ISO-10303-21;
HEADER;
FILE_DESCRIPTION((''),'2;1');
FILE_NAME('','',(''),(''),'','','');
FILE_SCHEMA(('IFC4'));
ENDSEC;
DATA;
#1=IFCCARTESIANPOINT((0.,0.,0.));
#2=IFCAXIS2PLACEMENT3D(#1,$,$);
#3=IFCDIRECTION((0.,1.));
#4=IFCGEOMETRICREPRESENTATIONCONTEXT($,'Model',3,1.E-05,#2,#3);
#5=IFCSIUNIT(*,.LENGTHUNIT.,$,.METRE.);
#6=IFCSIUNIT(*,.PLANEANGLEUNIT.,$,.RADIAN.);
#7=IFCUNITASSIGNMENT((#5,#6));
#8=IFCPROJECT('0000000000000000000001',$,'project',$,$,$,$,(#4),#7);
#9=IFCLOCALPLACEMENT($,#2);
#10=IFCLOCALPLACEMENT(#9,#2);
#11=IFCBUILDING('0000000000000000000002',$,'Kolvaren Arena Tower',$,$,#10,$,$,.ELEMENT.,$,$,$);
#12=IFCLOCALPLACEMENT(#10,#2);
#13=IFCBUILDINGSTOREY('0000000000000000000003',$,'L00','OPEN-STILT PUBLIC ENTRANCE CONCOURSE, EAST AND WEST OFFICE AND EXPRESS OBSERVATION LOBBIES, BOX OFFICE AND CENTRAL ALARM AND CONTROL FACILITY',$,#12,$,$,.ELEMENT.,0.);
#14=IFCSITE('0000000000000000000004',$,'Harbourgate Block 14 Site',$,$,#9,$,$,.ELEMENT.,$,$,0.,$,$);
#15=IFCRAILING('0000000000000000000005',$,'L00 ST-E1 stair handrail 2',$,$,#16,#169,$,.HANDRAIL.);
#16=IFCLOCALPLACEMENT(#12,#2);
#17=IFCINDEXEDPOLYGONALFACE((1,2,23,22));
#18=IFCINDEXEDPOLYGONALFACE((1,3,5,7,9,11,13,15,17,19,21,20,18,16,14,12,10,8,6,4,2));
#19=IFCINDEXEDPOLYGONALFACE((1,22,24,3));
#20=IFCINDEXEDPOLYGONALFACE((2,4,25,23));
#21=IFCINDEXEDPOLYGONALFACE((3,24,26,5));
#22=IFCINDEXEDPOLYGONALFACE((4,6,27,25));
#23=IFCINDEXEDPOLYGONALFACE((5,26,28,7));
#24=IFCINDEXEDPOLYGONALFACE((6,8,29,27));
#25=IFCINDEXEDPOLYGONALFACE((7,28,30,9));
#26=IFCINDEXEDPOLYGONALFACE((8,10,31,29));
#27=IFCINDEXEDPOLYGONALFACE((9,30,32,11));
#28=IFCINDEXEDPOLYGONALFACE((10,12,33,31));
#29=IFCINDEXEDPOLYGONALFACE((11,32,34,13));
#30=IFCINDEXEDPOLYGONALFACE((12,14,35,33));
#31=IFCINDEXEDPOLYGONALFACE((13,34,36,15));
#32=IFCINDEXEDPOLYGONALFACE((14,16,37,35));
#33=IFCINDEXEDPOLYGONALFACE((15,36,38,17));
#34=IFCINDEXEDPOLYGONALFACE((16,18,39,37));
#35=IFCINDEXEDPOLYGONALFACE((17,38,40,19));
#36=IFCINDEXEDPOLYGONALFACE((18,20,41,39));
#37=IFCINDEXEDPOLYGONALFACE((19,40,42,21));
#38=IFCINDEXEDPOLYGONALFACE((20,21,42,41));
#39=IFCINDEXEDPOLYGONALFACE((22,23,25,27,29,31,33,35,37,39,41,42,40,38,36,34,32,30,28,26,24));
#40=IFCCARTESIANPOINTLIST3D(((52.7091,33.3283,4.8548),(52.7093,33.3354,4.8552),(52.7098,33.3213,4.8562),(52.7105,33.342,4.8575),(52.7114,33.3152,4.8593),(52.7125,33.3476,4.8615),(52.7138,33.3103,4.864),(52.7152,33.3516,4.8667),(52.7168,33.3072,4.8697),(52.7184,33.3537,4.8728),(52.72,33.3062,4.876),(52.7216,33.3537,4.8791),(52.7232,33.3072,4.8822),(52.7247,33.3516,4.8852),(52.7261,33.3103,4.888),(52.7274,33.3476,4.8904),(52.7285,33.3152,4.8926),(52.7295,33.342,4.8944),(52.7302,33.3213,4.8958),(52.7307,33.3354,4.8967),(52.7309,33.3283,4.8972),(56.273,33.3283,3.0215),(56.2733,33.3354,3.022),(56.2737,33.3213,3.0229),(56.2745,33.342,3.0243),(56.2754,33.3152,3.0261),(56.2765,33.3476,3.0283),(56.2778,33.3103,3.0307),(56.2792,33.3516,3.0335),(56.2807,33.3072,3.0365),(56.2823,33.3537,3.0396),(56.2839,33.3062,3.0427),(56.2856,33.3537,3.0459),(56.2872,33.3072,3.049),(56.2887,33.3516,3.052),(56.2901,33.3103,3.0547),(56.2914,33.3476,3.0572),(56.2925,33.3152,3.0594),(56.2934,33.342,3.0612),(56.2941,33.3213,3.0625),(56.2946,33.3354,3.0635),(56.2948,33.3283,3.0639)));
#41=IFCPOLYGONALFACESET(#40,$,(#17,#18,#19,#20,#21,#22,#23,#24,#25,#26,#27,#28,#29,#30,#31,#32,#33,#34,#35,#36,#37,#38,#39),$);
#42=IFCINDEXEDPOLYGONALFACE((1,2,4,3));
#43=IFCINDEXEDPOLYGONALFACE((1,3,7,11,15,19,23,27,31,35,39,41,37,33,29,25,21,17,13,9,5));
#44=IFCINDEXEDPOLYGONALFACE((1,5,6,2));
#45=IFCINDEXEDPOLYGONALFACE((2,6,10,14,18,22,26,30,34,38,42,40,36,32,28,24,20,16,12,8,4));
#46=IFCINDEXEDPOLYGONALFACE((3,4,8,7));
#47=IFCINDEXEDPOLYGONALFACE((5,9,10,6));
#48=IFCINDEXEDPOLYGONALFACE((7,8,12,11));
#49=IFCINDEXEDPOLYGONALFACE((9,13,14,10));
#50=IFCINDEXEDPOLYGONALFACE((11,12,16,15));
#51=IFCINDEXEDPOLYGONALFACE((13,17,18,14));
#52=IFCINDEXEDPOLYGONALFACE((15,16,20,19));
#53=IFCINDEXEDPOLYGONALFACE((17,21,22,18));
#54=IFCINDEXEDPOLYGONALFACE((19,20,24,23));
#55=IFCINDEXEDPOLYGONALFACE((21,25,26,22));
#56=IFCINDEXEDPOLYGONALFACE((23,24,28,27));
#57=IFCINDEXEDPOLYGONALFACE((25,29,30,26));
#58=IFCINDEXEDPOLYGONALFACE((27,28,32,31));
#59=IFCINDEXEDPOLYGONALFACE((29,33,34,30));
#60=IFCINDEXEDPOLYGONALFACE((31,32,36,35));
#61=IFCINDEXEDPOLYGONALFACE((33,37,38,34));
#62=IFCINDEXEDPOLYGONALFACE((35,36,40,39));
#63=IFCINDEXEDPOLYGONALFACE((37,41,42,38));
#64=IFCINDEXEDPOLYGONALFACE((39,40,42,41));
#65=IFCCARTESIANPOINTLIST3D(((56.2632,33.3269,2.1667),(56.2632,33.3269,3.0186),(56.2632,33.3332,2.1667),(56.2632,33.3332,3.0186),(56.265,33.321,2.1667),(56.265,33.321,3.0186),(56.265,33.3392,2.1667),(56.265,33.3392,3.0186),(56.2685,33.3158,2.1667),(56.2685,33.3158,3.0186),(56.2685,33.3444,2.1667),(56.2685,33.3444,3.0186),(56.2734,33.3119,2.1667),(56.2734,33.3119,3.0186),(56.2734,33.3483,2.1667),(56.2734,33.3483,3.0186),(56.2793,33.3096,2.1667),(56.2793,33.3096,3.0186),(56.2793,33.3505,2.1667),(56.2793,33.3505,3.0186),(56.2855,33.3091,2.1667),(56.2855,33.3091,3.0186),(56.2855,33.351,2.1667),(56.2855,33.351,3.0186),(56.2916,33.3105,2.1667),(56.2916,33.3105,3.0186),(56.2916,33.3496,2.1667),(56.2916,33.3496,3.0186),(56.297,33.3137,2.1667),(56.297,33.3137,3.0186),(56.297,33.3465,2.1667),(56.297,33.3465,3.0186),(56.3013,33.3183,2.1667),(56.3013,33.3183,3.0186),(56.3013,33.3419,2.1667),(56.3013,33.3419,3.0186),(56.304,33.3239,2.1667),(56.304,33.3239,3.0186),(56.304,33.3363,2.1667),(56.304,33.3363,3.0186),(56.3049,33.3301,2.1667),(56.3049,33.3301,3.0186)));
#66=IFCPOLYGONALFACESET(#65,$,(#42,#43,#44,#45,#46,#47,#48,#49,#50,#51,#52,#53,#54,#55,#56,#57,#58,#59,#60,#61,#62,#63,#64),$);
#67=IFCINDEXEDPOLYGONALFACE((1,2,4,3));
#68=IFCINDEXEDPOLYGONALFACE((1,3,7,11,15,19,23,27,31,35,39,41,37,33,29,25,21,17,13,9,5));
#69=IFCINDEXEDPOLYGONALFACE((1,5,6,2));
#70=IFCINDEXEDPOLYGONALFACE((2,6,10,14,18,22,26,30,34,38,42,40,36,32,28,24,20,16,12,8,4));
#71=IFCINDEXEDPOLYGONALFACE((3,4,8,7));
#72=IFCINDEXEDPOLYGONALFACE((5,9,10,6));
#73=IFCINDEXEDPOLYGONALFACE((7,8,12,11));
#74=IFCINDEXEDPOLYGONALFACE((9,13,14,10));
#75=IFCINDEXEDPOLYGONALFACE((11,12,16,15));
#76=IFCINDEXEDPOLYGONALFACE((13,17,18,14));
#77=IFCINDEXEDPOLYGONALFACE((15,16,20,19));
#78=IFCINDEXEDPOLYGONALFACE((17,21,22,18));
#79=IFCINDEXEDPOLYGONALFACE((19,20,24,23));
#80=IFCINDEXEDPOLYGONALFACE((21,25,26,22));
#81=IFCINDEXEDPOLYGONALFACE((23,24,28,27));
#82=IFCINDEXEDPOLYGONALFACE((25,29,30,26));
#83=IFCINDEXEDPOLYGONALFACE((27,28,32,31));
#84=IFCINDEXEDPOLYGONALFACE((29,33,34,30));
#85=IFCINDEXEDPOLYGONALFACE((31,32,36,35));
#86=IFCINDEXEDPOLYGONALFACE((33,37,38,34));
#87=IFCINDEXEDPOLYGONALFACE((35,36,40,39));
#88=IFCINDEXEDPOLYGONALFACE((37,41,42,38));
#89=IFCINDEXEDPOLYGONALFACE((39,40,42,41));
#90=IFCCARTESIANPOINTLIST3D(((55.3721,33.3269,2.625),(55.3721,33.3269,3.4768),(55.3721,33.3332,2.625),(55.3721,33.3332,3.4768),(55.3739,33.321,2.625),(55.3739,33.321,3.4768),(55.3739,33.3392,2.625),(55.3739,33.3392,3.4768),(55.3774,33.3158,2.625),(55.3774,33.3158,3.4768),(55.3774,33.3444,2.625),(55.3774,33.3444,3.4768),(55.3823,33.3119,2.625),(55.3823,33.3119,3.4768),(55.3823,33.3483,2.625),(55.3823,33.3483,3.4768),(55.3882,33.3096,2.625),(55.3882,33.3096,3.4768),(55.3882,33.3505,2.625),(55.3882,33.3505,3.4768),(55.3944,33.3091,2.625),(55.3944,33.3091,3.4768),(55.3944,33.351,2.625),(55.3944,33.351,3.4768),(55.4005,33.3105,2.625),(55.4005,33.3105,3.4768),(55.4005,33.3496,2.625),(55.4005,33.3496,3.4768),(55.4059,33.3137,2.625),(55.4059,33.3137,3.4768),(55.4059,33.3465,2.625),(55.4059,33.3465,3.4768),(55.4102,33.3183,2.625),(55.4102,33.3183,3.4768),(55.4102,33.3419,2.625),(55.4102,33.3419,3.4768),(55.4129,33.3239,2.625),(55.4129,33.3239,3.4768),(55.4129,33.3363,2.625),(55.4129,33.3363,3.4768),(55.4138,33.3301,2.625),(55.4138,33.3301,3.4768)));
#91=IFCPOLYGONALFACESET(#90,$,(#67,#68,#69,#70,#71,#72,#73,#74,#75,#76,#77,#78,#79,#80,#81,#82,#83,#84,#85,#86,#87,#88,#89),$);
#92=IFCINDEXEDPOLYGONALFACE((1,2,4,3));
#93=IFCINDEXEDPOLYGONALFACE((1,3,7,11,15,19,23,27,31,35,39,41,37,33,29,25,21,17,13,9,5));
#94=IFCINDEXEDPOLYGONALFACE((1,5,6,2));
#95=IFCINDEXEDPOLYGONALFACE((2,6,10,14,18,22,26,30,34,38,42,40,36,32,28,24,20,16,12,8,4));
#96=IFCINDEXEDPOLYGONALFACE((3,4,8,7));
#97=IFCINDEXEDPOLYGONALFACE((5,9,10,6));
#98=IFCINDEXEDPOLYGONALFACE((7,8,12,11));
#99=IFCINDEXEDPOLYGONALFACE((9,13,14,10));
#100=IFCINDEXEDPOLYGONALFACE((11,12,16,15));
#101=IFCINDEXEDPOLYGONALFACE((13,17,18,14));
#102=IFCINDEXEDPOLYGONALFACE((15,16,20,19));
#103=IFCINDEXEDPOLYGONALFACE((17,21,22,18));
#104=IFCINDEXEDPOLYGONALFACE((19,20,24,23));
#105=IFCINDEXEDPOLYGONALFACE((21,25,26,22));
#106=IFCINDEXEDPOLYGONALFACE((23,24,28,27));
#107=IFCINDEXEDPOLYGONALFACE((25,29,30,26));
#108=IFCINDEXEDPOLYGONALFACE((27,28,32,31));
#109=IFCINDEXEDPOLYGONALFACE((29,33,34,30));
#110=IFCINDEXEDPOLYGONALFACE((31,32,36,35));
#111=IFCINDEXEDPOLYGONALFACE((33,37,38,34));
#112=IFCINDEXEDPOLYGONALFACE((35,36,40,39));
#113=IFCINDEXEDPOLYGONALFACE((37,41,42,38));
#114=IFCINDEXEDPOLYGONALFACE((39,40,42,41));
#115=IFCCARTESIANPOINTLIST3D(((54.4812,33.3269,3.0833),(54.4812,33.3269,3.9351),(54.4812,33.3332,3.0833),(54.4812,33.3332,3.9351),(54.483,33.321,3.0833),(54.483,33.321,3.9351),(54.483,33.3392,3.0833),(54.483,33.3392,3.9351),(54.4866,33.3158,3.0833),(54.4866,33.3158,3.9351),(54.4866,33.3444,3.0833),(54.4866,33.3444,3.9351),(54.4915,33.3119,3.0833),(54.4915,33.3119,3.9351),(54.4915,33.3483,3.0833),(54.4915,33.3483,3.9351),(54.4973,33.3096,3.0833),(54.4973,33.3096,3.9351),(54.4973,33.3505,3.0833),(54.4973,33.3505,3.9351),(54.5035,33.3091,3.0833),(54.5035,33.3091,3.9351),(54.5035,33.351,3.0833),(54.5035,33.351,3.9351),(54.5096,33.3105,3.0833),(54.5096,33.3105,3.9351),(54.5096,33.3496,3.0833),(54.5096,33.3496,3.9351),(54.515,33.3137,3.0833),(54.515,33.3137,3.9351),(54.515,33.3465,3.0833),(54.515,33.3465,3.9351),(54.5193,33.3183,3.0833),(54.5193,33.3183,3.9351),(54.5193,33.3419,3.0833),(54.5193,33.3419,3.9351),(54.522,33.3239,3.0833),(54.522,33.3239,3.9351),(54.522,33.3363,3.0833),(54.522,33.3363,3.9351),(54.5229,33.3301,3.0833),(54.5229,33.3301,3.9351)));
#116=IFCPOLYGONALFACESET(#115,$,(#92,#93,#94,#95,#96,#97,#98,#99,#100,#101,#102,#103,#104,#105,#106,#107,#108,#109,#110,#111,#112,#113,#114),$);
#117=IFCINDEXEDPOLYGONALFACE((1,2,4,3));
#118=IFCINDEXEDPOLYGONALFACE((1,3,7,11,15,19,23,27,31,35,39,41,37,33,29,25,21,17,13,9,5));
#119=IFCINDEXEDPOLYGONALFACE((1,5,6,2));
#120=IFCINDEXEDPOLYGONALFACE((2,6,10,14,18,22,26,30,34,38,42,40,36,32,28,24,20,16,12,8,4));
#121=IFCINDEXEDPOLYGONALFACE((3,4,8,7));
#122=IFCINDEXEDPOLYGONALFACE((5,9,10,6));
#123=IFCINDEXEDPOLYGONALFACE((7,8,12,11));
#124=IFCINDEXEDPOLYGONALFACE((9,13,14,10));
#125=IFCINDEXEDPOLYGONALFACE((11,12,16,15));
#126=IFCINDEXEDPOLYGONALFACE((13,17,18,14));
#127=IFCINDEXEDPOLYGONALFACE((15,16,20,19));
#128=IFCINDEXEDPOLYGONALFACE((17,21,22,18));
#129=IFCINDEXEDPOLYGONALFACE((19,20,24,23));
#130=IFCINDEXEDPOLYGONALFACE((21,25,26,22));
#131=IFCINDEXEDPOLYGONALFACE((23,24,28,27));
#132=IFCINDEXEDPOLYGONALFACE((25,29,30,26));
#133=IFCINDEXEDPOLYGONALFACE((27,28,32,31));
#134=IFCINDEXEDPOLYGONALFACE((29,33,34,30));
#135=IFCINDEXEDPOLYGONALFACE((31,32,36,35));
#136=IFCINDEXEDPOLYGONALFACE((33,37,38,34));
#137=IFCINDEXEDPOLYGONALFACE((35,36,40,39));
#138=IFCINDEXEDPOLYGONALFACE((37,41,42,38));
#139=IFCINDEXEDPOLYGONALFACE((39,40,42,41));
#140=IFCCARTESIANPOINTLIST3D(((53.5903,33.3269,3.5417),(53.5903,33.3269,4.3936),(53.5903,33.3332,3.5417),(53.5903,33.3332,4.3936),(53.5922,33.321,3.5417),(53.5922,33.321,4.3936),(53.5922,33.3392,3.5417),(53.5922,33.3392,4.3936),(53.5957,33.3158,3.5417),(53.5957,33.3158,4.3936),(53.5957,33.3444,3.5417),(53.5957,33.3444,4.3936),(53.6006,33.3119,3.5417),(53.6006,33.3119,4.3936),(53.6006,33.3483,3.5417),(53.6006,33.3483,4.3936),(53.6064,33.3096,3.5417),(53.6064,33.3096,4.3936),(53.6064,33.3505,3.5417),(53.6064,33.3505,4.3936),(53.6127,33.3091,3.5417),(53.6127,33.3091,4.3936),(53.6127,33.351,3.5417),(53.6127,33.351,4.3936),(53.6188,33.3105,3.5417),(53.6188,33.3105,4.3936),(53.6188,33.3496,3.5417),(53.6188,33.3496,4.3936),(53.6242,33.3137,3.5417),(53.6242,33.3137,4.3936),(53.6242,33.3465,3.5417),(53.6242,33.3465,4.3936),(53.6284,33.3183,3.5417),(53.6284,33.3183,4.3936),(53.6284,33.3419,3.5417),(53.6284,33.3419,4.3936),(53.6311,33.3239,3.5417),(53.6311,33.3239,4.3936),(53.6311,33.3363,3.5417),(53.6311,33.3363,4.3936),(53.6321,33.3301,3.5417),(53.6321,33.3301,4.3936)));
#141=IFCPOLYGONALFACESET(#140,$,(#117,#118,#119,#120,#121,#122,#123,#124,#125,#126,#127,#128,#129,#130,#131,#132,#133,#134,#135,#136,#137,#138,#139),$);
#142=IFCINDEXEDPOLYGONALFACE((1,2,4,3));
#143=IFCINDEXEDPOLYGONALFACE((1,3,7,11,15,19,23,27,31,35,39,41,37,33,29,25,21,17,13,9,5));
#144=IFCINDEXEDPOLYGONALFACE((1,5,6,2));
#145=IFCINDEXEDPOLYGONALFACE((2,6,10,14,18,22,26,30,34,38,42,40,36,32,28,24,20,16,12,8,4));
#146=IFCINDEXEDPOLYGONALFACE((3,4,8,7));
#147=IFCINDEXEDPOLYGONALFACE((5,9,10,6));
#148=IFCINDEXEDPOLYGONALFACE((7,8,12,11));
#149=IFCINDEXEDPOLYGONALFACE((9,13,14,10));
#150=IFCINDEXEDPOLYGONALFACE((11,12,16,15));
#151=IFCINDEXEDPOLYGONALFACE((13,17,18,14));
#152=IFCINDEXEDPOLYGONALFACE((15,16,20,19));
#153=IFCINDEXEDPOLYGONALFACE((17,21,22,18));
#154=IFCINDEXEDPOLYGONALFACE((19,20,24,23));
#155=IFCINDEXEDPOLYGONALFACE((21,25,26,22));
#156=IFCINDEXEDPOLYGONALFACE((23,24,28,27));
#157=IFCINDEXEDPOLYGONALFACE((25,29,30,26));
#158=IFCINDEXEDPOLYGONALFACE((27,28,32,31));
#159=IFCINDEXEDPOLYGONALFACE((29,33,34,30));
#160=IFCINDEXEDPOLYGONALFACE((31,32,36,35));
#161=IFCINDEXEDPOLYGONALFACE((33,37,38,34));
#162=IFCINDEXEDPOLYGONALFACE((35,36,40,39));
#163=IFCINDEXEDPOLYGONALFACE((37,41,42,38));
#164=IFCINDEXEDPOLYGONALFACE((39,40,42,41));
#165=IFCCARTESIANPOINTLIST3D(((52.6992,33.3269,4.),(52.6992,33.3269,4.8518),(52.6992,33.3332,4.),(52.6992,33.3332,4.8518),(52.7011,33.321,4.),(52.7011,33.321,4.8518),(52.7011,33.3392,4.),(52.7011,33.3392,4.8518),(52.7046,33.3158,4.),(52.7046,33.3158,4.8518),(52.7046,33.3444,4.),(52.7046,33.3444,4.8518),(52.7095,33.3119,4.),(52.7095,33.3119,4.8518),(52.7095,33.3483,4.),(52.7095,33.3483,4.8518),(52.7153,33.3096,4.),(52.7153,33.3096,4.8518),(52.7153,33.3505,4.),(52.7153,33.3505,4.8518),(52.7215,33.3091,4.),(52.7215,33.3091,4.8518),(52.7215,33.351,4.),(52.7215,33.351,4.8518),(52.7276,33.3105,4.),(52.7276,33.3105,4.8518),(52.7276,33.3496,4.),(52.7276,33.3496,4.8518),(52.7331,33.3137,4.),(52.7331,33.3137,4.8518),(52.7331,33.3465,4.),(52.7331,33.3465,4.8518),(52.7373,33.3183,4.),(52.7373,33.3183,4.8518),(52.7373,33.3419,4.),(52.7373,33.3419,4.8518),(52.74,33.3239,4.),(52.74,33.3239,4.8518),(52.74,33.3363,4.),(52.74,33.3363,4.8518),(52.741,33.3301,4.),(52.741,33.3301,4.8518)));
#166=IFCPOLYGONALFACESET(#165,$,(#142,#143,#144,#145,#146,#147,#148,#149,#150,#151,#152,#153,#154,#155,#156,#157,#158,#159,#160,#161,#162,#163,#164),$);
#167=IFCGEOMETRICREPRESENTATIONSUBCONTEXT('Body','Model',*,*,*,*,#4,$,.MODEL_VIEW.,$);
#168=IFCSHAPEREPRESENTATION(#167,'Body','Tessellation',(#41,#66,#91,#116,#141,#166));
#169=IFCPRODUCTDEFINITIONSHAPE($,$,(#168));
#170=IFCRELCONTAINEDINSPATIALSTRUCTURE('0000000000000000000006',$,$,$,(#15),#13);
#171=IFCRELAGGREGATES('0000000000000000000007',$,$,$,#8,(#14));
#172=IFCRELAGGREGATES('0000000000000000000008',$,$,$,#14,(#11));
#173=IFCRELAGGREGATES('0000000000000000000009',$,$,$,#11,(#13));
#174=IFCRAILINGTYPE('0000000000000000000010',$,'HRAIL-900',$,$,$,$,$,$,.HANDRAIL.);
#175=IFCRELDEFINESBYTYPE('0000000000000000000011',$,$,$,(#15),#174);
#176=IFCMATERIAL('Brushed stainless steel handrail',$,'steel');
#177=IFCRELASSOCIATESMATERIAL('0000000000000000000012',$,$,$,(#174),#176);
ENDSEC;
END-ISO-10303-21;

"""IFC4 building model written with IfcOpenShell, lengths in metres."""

from ifc_helpers import new_model, si_unit, direction, frame, origin, origin_2d, place, context, subcontext, project, spatial, circle, extrude, material, type_object, element, save


model = new_model("IFC4")

# Units and contexts
model_context = context("Model", 3, precision=1e-05, world=origin(), true_north=direction((0.0, 1.0)))
body_context = subcontext(model_context, "Body", "Model", "MODEL_VIEW")
ifc_project = project(units=[si_unit("LENGTHUNIT", "METRE"), si_unit("PLANEANGLEUNIT", "RADIAN")], contexts=[model_context])

# Site, building, storey
site_placement = place(None, origin())
site = spatial("IfcSite", under=ifc_project, at=site_placement, Name="Harbourgate Block 14 Site", CompositionType="ELEMENT", RefElevation=0.0)
building_placement = place(site_placement, origin())
building = spatial("IfcBuilding", under=site, at=building_placement, Name="Kolvaren Arena Tower", CompositionType="ELEMENT")
storey_placement = place(building_placement, origin())
storey = spatial("IfcBuildingStorey", under=building, at=storey_placement, Name="L00", Description="OPEN-STILT PUBLIC ENTRANCE CONCOURSE, EAST AND WEST OFFICE AND EXPRESS OBSERVATION LOBBIES, BOX OFFICE AND CENTRAL ALARM AND CONTROL FACILITY", CompositionType="ELEMENT", Elevation=0.0)

# Railing
ifc_material_1 = material(Name="Brushed stainless steel handrail", Category="steel")
railing_type_1 = type_object("IfcRailingType", Name="HRAIL-900", PredefinedType="HANDRAIL", material=ifc_material_1)
for number, where, name in (
    (1, (56.2839, 33.3301, 2.1667), "L00 ST-E1 stair handrail 2"),
):
    element("IfcRailing", number, at=place(storey_placement, frame(where)), inside=storey, type_object=railing_type_1, Name=name, PredefinedType="HANDRAIL", context=body_context, shape_type="SweptSolid", body=[
        extrude(circle(Radius=0.0239, at=origin_2d()), frame((0.0, 0.0, 0.876), z_axis=(-0.889252, 0.0, 0.457418), x_axis=(0.0, -1.0, 0.0)), (0.0, 0.0, 1.0), 4.0078),
        extrude(circle(Radius=0.021, at=origin_2d()), origin(), (0.0, 0.0, 1.0), 0.8518),
        extrude(circle(Radius=0.021, at=origin_2d()), frame((-0.8911, 0.0, 0.4583)), (0.0, 0.0, 1.0), 0.8518),
        extrude(circle(Radius=0.021, at=origin_2d()), frame((-1.782, 0.0, 0.9165)), (0.0, 0.0, 1.0), 0.8518),
        extrude(circle(Radius=0.021, at=origin_2d()), frame((-2.6729, 0.0, 1.375)), (0.0, 0.0, 1.0), 0.8518),
        extrude(circle(Radius=0.021, at=origin_2d()), frame((-3.564, 0.0, 1.8333)), (0.0, 0.0, 1.0), 0.8518),
    ])

save(model, "model.ifc")
